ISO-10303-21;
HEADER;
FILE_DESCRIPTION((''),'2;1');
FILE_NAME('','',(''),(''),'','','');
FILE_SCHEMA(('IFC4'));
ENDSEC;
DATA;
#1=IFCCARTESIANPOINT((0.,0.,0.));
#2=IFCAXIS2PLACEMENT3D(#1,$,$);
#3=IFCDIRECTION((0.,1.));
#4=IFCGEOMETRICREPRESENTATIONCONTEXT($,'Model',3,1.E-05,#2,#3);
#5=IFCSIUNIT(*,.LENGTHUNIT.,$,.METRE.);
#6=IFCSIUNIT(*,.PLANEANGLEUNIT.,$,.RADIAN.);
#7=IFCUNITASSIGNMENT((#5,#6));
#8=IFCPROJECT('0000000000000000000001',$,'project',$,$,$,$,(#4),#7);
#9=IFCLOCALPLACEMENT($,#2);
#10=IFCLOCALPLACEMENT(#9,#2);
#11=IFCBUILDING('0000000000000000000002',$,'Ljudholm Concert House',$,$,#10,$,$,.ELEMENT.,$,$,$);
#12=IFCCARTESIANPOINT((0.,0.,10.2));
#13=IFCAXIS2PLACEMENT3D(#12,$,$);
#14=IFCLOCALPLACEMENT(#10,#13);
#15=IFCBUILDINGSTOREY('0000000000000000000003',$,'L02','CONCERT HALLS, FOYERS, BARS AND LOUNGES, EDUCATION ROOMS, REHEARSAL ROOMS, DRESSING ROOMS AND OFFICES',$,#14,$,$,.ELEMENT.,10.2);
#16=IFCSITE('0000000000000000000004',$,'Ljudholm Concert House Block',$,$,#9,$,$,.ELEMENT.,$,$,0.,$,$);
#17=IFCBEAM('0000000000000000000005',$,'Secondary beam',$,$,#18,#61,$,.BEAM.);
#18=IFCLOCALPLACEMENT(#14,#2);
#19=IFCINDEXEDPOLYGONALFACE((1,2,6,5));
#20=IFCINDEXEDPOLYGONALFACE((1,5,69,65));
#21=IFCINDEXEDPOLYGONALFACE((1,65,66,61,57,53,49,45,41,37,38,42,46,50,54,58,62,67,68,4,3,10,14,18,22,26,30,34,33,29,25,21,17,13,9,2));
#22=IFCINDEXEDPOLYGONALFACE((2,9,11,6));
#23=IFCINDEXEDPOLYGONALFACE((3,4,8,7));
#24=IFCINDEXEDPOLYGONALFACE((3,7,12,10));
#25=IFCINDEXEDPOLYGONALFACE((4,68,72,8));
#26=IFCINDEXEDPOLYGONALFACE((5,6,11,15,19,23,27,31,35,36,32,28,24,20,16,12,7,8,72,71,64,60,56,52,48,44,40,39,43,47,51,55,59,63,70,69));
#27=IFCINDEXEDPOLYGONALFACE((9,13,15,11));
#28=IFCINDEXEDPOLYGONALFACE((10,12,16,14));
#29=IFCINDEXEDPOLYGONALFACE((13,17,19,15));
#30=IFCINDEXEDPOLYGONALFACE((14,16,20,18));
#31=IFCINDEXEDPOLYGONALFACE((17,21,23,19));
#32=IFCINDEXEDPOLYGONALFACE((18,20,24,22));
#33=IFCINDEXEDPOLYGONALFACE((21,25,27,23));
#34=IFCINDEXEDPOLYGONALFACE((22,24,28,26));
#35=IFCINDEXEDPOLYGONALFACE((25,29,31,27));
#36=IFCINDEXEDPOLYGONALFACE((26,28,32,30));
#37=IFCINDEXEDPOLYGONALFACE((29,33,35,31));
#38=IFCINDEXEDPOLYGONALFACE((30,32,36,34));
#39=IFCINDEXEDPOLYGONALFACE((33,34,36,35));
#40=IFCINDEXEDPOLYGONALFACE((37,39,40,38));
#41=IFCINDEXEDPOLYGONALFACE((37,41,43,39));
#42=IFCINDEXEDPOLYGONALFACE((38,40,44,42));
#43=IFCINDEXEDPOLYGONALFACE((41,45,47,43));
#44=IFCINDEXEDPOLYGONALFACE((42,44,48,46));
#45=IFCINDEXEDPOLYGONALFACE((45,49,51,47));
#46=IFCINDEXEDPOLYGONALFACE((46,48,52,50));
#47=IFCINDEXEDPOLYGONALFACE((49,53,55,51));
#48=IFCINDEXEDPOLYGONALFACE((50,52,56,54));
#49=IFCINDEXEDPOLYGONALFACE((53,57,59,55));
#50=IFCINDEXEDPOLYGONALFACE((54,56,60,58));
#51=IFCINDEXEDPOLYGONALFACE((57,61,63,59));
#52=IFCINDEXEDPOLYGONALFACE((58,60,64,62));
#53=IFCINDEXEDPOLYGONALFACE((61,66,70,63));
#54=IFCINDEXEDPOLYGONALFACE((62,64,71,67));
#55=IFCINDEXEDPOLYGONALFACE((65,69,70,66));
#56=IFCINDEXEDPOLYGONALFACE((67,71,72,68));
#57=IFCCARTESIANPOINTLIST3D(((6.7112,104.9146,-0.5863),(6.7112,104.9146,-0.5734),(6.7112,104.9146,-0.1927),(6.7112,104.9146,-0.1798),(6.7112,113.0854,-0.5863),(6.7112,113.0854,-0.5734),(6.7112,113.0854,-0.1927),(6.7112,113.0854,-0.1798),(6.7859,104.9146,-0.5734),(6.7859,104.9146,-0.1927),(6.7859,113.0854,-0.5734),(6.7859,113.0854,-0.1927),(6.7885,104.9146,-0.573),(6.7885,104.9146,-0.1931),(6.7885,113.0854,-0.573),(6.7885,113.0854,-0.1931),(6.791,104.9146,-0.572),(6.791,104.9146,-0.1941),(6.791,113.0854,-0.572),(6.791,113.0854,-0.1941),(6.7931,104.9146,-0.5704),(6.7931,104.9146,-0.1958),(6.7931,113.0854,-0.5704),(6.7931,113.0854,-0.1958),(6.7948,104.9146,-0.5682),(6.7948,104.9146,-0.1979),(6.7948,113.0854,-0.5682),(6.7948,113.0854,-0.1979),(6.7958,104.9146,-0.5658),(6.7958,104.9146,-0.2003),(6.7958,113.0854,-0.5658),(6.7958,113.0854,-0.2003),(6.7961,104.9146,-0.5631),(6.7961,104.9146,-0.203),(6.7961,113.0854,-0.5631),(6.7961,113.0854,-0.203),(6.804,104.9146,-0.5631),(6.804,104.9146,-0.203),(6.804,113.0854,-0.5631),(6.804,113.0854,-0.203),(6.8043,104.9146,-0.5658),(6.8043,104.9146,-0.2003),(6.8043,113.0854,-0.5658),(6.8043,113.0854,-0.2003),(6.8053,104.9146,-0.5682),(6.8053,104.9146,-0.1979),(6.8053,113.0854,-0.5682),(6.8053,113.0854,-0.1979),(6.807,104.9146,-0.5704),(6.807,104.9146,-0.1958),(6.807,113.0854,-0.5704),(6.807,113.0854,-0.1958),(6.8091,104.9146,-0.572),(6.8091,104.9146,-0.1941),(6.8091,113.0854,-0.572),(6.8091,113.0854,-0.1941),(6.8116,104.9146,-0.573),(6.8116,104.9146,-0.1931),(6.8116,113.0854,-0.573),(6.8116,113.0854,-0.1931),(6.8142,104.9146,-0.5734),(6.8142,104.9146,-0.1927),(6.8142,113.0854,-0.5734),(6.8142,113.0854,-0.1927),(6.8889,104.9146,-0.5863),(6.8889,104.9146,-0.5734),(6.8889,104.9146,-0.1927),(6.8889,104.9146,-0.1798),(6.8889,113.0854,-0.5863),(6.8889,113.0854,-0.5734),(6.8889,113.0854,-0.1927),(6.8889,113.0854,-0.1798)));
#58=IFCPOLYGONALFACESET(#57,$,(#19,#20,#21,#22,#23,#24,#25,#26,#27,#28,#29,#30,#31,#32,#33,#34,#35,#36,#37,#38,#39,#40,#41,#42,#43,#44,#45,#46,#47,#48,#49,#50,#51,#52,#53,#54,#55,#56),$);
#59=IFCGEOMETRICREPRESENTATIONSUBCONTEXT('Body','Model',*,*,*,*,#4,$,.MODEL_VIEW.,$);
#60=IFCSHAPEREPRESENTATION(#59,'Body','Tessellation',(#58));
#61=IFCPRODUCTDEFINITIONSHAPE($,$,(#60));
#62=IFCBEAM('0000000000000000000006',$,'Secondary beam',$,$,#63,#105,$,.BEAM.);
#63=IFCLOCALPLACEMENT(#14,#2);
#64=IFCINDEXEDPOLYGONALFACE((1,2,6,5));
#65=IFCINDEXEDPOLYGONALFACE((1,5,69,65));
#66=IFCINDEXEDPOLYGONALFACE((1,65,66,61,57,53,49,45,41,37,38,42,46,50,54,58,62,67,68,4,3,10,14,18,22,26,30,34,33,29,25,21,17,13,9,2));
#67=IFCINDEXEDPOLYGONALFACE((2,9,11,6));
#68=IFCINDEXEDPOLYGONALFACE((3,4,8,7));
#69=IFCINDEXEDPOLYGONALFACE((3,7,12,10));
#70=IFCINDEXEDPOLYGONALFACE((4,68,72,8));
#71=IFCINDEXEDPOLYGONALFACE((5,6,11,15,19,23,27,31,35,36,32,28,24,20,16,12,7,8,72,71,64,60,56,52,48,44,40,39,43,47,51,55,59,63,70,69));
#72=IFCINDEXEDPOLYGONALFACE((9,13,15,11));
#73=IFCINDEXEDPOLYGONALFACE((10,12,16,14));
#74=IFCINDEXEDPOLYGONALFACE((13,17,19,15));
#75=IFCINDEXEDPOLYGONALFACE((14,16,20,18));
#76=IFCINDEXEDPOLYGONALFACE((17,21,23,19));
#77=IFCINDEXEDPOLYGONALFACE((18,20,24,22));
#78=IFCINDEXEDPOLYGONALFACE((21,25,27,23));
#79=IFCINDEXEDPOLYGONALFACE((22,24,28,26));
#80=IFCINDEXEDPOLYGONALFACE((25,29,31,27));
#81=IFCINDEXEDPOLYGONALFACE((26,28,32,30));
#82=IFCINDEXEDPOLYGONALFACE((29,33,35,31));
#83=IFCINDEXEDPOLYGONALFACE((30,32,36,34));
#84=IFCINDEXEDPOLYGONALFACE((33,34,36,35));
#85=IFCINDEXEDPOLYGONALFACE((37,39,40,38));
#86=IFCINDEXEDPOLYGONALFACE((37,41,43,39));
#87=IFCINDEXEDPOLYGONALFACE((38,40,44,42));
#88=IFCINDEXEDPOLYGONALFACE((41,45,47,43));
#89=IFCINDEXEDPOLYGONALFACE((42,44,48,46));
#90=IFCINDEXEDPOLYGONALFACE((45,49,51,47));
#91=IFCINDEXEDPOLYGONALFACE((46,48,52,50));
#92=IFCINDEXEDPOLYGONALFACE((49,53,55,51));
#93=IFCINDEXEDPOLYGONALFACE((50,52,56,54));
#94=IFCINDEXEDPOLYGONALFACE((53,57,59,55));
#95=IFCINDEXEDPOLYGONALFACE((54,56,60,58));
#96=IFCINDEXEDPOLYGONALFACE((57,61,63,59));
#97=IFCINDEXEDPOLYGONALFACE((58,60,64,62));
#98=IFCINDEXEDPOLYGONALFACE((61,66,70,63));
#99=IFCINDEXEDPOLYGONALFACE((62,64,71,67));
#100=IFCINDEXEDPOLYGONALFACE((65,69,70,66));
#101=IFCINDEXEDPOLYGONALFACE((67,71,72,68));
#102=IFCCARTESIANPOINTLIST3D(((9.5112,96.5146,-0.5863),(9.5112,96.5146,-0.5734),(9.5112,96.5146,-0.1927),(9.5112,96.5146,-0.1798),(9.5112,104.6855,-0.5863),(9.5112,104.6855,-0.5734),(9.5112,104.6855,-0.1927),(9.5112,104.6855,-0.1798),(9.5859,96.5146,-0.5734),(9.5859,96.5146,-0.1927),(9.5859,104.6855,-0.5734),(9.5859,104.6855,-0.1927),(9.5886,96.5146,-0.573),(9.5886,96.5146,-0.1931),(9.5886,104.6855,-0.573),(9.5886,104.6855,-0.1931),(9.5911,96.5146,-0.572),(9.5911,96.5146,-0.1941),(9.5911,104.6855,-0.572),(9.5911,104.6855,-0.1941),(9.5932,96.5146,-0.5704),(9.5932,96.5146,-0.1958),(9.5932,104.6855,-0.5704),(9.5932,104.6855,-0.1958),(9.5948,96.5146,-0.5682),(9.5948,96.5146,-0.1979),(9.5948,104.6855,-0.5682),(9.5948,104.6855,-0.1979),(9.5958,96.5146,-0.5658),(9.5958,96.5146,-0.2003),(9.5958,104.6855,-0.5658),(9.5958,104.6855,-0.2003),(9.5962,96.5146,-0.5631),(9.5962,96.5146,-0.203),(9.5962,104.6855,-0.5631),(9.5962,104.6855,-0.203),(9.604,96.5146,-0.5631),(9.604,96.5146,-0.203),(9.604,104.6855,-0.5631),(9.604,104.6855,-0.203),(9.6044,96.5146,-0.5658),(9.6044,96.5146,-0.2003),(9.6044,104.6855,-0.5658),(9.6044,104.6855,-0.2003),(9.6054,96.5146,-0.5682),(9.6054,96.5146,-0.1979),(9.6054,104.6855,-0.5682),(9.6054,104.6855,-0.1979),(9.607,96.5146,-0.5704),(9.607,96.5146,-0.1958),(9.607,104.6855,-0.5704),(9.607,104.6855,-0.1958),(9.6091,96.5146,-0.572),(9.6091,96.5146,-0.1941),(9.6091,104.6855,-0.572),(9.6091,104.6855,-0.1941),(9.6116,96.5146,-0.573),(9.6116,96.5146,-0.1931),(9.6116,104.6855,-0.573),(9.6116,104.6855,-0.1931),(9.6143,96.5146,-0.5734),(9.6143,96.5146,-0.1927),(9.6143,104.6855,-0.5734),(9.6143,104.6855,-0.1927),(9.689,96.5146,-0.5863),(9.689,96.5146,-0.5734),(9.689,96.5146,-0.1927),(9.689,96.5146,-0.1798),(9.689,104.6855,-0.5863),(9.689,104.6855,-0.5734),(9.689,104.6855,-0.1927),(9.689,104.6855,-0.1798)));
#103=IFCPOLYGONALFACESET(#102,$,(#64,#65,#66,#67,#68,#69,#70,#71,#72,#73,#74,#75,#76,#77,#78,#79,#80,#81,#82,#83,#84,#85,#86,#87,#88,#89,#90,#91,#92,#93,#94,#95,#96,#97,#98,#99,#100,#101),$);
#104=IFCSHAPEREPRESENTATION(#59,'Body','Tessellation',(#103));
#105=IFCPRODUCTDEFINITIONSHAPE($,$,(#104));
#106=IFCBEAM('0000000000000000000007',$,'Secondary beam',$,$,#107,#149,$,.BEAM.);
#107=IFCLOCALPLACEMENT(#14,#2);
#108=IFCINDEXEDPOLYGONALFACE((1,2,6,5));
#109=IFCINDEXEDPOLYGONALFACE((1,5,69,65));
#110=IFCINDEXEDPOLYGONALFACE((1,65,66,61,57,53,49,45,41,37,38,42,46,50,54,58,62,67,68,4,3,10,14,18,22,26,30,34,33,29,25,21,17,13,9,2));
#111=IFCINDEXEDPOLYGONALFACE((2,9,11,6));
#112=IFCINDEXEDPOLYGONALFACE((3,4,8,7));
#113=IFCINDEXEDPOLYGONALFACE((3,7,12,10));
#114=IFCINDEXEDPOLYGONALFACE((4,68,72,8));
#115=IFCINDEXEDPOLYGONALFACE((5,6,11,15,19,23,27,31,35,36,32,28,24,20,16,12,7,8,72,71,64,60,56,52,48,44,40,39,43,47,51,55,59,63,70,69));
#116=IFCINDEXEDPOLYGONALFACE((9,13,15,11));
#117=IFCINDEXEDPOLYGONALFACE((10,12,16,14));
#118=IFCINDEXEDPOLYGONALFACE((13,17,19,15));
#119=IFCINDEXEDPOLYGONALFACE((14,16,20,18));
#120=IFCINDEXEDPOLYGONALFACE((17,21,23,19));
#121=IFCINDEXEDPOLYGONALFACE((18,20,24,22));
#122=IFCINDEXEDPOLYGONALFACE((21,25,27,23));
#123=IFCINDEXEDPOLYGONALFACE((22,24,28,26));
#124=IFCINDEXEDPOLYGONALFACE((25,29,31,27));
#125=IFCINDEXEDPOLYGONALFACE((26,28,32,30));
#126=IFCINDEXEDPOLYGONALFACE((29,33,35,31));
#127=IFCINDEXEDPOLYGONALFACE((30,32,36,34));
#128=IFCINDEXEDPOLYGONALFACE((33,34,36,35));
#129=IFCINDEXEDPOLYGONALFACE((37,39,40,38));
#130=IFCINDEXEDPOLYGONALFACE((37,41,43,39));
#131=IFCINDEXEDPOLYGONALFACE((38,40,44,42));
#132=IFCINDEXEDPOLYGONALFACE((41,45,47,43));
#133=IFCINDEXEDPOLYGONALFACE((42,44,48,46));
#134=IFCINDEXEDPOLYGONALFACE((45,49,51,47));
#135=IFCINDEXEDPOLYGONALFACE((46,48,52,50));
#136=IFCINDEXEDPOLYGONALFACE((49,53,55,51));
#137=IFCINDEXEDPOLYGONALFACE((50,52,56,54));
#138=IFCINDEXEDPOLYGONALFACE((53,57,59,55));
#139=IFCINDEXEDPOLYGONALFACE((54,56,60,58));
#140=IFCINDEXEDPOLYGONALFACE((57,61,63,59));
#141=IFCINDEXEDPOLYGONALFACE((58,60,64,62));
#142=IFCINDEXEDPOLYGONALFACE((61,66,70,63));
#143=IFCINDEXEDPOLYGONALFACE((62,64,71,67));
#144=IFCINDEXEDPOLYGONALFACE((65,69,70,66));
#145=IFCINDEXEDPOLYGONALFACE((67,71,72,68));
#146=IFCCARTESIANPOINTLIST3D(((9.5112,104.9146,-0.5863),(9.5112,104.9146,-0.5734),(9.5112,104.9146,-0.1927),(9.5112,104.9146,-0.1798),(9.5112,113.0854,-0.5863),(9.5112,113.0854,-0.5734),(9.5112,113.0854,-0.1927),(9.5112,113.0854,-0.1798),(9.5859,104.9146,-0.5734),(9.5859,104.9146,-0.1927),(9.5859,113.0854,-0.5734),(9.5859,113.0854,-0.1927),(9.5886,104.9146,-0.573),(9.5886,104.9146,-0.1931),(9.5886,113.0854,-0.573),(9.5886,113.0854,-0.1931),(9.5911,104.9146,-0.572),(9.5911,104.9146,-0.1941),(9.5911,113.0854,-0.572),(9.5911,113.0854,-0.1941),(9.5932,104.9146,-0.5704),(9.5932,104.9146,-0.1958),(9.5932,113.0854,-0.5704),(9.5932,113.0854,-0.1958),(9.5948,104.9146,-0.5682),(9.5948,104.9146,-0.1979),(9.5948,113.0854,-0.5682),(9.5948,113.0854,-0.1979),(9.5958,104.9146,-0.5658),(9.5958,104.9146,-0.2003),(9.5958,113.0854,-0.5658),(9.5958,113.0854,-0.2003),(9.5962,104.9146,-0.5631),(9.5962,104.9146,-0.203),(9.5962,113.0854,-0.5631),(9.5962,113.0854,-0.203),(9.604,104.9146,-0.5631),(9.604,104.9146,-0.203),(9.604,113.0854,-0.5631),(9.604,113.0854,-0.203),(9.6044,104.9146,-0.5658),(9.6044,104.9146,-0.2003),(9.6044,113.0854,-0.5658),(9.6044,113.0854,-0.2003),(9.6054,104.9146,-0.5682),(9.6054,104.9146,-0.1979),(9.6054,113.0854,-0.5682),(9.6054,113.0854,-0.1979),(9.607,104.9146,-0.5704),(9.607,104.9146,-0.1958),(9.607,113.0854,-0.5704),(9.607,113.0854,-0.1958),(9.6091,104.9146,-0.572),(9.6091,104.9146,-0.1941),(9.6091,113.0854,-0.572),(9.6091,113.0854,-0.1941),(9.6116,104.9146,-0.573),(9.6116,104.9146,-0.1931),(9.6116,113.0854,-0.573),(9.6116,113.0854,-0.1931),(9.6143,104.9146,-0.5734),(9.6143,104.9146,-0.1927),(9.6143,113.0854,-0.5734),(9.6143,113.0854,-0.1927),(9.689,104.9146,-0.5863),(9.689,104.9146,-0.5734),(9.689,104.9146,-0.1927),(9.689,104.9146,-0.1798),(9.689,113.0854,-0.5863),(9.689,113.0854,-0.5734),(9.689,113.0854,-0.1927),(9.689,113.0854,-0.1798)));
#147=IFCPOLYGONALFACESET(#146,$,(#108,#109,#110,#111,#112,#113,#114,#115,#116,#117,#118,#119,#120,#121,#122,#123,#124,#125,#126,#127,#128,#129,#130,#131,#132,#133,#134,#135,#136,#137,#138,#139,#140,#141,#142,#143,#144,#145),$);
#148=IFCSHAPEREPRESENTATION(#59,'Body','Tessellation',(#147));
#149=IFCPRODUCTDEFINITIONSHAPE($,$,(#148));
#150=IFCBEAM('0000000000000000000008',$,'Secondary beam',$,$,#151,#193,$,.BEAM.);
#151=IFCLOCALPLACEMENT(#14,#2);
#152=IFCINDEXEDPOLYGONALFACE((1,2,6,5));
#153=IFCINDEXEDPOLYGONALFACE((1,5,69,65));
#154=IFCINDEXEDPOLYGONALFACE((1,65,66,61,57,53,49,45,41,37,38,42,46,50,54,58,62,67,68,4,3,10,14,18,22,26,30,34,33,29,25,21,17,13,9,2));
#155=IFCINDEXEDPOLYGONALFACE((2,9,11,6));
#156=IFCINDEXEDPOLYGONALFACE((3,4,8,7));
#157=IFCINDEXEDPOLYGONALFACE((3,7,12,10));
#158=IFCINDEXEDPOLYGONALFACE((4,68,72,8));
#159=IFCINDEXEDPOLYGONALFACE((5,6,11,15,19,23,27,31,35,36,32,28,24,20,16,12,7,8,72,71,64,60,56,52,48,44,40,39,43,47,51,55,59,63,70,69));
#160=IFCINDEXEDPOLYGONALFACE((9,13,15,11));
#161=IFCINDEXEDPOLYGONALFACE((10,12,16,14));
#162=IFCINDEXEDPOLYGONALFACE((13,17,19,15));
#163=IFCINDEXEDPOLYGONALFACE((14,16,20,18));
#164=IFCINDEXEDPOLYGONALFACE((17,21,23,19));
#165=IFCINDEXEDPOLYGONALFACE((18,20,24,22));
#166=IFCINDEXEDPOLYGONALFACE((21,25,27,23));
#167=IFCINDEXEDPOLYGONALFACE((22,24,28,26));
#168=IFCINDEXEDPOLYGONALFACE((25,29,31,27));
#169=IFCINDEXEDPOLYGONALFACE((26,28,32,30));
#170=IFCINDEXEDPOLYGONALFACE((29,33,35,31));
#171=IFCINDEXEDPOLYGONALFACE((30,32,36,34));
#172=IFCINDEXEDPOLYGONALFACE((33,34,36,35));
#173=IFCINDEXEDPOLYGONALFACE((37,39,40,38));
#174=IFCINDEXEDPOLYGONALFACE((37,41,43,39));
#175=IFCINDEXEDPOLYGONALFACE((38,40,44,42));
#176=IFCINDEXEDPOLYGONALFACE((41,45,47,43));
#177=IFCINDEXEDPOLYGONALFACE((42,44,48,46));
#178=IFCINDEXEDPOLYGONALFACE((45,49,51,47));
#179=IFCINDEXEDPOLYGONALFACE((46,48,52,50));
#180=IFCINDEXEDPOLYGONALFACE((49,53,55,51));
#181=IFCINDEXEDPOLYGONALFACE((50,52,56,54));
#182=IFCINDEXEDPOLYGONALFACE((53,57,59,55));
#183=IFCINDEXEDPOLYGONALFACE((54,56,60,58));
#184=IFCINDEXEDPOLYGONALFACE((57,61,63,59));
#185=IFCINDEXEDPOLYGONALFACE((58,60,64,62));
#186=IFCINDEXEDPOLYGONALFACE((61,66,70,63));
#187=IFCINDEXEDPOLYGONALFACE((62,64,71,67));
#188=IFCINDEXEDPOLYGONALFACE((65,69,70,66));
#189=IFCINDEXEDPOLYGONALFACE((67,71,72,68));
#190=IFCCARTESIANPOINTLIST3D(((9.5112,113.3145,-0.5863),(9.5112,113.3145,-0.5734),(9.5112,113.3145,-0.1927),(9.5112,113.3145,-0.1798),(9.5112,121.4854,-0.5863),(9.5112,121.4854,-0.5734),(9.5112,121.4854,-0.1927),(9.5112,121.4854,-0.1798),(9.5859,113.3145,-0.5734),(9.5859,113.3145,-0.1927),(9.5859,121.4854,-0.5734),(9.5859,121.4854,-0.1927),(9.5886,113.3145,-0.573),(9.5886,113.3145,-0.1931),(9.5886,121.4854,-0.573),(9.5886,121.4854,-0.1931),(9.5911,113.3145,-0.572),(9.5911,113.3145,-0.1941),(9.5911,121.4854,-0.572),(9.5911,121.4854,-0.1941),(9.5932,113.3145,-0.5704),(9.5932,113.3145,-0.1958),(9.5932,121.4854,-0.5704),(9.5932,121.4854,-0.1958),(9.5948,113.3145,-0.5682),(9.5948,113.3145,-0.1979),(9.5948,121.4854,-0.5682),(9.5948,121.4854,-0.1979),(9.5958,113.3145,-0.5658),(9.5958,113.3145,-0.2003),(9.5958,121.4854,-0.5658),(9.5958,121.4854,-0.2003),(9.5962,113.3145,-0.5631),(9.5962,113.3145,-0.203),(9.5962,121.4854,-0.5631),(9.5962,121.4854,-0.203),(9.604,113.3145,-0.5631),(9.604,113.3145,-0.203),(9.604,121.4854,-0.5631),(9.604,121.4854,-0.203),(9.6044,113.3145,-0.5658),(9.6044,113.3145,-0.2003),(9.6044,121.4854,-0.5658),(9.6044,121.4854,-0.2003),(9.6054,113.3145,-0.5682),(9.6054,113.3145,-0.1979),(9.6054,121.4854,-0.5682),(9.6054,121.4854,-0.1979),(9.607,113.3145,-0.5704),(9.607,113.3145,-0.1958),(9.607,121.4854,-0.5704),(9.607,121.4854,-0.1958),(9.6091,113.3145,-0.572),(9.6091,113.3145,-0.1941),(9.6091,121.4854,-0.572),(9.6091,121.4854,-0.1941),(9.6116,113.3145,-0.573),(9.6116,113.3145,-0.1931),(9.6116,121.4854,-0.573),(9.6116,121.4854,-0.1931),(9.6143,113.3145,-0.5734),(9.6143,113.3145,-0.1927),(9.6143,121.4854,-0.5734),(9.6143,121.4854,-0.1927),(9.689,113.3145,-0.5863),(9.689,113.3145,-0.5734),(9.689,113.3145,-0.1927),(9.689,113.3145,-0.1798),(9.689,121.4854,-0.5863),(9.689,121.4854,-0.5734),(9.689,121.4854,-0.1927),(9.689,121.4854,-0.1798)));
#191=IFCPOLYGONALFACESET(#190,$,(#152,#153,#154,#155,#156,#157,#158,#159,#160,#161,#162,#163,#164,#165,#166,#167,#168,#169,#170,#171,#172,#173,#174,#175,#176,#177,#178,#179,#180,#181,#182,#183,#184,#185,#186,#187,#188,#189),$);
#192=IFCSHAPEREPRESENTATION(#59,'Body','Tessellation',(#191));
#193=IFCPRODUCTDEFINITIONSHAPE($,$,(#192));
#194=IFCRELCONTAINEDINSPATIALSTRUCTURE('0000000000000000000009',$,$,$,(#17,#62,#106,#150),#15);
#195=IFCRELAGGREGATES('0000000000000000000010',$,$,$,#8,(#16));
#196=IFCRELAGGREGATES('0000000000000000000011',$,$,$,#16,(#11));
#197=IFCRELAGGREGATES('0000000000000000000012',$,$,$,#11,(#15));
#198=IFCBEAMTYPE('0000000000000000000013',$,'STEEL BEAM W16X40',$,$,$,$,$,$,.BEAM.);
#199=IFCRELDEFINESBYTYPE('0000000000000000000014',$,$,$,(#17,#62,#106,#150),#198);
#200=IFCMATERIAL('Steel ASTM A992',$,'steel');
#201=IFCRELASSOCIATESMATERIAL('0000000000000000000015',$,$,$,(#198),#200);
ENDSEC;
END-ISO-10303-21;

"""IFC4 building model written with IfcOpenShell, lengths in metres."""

from ifc_helpers import new_model, si_unit, direction, frame, origin, origin_2d, place, context, subcontext, project, spatial, i_section, extrude, material, material_profile, profile_set, type_object, element, save


model = new_model("IFC4")

# Units and contexts
model_context = context("Model", 3, precision=1e-05, world=origin(), true_north=direction((0.0, 1.0)))
body_context = subcontext(model_context, "Body", "Model", "MODEL_VIEW")
ifc_project = project(units=[si_unit("LENGTHUNIT", "METRE"), si_unit("PLANEANGLEUNIT", "RADIAN")], contexts=[model_context])

# Site, building, storey
site_placement = place(None, origin())
site = spatial("IfcSite", under=ifc_project, at=site_placement, Name="Ljudholm Concert House Block", CompositionType="ELEMENT", RefElevation=0.0)
building_placement = place(site_placement, origin())
building = spatial("IfcBuilding", under=site, at=building_placement, Name="Ljudholm Concert House", CompositionType="ELEMENT")
storey_placement = place(building_placement, frame((0.0, 0.0, 10.2)))
storey = spatial("IfcBuildingStorey", under=building, at=storey_placement, Name="L02", Description="CONCERT HALLS, FOYERS, BARS AND LOUNGES, EDUCATION ROOMS, REHEARSAL ROOMS, DRESSING ROOMS AND OFFICES", CompositionType="ELEMENT", Elevation=10.2)

# Beams
ifc_material_1 = material(Name="Steel ASTM A992", Category="steel")
ifc_material_profile_1 = material_profile(ifc_material_1, i_section(OverallWidth=0.1777, OverallDepth=0.4065, WebThickness=0.0078, FlangeThickness=0.0129, FilletRadius=0.0103, at=origin_2d()), Name="W16X40")
ifc_profile_set_1 = profile_set([ifc_material_profile_1], Name="Steel ASTM A992")
beam_type_1 = type_object("IfcBeamType", Name="STEEL BEAM W16X40", PredefinedType="BEAM", material=ifc_profile_set_1)
for number, where, z_axis, x_axis, name in (
    (1, (6.8, 104.9146, -0.3831), (0.0, 1.0, 0.0), (-1.0, 0.0, 0.0), "Secondary beam"),
    (2, (9.6001, 96.5146, -0.3831), (0.0, 1.0, 0.0), (-1.0, 0.0, 0.0), "Secondary beam"),
    (3, (9.6001, 104.9146, -0.3831), (0.0, 1.0, 0.0), (-1.0, 0.0, 0.0), "Secondary beam"),
    (4, (9.6001, 113.3145, -0.3831), (0.0, 1.0, 0.0), (-1.0, 0.0, 0.0), "Secondary beam"),
):
    element("IfcBeam", number, at=place(storey_placement, frame(where, z_axis=z_axis, x_axis=x_axis)), inside=storey, type_object=beam_type_1, Name=name, PredefinedType="BEAM", context=body_context, shape_type="SweptSolid", body=[
        extrude(i_section(OverallWidth=0.1777, OverallDepth=0.4065, WebThickness=0.0078, FlangeThickness=0.0129, FilletRadius=0.0103, at=origin_2d()), origin(), (0.0, 0.0, 1.0), 8.1709),
    ])

save(model, "model.ifc")
